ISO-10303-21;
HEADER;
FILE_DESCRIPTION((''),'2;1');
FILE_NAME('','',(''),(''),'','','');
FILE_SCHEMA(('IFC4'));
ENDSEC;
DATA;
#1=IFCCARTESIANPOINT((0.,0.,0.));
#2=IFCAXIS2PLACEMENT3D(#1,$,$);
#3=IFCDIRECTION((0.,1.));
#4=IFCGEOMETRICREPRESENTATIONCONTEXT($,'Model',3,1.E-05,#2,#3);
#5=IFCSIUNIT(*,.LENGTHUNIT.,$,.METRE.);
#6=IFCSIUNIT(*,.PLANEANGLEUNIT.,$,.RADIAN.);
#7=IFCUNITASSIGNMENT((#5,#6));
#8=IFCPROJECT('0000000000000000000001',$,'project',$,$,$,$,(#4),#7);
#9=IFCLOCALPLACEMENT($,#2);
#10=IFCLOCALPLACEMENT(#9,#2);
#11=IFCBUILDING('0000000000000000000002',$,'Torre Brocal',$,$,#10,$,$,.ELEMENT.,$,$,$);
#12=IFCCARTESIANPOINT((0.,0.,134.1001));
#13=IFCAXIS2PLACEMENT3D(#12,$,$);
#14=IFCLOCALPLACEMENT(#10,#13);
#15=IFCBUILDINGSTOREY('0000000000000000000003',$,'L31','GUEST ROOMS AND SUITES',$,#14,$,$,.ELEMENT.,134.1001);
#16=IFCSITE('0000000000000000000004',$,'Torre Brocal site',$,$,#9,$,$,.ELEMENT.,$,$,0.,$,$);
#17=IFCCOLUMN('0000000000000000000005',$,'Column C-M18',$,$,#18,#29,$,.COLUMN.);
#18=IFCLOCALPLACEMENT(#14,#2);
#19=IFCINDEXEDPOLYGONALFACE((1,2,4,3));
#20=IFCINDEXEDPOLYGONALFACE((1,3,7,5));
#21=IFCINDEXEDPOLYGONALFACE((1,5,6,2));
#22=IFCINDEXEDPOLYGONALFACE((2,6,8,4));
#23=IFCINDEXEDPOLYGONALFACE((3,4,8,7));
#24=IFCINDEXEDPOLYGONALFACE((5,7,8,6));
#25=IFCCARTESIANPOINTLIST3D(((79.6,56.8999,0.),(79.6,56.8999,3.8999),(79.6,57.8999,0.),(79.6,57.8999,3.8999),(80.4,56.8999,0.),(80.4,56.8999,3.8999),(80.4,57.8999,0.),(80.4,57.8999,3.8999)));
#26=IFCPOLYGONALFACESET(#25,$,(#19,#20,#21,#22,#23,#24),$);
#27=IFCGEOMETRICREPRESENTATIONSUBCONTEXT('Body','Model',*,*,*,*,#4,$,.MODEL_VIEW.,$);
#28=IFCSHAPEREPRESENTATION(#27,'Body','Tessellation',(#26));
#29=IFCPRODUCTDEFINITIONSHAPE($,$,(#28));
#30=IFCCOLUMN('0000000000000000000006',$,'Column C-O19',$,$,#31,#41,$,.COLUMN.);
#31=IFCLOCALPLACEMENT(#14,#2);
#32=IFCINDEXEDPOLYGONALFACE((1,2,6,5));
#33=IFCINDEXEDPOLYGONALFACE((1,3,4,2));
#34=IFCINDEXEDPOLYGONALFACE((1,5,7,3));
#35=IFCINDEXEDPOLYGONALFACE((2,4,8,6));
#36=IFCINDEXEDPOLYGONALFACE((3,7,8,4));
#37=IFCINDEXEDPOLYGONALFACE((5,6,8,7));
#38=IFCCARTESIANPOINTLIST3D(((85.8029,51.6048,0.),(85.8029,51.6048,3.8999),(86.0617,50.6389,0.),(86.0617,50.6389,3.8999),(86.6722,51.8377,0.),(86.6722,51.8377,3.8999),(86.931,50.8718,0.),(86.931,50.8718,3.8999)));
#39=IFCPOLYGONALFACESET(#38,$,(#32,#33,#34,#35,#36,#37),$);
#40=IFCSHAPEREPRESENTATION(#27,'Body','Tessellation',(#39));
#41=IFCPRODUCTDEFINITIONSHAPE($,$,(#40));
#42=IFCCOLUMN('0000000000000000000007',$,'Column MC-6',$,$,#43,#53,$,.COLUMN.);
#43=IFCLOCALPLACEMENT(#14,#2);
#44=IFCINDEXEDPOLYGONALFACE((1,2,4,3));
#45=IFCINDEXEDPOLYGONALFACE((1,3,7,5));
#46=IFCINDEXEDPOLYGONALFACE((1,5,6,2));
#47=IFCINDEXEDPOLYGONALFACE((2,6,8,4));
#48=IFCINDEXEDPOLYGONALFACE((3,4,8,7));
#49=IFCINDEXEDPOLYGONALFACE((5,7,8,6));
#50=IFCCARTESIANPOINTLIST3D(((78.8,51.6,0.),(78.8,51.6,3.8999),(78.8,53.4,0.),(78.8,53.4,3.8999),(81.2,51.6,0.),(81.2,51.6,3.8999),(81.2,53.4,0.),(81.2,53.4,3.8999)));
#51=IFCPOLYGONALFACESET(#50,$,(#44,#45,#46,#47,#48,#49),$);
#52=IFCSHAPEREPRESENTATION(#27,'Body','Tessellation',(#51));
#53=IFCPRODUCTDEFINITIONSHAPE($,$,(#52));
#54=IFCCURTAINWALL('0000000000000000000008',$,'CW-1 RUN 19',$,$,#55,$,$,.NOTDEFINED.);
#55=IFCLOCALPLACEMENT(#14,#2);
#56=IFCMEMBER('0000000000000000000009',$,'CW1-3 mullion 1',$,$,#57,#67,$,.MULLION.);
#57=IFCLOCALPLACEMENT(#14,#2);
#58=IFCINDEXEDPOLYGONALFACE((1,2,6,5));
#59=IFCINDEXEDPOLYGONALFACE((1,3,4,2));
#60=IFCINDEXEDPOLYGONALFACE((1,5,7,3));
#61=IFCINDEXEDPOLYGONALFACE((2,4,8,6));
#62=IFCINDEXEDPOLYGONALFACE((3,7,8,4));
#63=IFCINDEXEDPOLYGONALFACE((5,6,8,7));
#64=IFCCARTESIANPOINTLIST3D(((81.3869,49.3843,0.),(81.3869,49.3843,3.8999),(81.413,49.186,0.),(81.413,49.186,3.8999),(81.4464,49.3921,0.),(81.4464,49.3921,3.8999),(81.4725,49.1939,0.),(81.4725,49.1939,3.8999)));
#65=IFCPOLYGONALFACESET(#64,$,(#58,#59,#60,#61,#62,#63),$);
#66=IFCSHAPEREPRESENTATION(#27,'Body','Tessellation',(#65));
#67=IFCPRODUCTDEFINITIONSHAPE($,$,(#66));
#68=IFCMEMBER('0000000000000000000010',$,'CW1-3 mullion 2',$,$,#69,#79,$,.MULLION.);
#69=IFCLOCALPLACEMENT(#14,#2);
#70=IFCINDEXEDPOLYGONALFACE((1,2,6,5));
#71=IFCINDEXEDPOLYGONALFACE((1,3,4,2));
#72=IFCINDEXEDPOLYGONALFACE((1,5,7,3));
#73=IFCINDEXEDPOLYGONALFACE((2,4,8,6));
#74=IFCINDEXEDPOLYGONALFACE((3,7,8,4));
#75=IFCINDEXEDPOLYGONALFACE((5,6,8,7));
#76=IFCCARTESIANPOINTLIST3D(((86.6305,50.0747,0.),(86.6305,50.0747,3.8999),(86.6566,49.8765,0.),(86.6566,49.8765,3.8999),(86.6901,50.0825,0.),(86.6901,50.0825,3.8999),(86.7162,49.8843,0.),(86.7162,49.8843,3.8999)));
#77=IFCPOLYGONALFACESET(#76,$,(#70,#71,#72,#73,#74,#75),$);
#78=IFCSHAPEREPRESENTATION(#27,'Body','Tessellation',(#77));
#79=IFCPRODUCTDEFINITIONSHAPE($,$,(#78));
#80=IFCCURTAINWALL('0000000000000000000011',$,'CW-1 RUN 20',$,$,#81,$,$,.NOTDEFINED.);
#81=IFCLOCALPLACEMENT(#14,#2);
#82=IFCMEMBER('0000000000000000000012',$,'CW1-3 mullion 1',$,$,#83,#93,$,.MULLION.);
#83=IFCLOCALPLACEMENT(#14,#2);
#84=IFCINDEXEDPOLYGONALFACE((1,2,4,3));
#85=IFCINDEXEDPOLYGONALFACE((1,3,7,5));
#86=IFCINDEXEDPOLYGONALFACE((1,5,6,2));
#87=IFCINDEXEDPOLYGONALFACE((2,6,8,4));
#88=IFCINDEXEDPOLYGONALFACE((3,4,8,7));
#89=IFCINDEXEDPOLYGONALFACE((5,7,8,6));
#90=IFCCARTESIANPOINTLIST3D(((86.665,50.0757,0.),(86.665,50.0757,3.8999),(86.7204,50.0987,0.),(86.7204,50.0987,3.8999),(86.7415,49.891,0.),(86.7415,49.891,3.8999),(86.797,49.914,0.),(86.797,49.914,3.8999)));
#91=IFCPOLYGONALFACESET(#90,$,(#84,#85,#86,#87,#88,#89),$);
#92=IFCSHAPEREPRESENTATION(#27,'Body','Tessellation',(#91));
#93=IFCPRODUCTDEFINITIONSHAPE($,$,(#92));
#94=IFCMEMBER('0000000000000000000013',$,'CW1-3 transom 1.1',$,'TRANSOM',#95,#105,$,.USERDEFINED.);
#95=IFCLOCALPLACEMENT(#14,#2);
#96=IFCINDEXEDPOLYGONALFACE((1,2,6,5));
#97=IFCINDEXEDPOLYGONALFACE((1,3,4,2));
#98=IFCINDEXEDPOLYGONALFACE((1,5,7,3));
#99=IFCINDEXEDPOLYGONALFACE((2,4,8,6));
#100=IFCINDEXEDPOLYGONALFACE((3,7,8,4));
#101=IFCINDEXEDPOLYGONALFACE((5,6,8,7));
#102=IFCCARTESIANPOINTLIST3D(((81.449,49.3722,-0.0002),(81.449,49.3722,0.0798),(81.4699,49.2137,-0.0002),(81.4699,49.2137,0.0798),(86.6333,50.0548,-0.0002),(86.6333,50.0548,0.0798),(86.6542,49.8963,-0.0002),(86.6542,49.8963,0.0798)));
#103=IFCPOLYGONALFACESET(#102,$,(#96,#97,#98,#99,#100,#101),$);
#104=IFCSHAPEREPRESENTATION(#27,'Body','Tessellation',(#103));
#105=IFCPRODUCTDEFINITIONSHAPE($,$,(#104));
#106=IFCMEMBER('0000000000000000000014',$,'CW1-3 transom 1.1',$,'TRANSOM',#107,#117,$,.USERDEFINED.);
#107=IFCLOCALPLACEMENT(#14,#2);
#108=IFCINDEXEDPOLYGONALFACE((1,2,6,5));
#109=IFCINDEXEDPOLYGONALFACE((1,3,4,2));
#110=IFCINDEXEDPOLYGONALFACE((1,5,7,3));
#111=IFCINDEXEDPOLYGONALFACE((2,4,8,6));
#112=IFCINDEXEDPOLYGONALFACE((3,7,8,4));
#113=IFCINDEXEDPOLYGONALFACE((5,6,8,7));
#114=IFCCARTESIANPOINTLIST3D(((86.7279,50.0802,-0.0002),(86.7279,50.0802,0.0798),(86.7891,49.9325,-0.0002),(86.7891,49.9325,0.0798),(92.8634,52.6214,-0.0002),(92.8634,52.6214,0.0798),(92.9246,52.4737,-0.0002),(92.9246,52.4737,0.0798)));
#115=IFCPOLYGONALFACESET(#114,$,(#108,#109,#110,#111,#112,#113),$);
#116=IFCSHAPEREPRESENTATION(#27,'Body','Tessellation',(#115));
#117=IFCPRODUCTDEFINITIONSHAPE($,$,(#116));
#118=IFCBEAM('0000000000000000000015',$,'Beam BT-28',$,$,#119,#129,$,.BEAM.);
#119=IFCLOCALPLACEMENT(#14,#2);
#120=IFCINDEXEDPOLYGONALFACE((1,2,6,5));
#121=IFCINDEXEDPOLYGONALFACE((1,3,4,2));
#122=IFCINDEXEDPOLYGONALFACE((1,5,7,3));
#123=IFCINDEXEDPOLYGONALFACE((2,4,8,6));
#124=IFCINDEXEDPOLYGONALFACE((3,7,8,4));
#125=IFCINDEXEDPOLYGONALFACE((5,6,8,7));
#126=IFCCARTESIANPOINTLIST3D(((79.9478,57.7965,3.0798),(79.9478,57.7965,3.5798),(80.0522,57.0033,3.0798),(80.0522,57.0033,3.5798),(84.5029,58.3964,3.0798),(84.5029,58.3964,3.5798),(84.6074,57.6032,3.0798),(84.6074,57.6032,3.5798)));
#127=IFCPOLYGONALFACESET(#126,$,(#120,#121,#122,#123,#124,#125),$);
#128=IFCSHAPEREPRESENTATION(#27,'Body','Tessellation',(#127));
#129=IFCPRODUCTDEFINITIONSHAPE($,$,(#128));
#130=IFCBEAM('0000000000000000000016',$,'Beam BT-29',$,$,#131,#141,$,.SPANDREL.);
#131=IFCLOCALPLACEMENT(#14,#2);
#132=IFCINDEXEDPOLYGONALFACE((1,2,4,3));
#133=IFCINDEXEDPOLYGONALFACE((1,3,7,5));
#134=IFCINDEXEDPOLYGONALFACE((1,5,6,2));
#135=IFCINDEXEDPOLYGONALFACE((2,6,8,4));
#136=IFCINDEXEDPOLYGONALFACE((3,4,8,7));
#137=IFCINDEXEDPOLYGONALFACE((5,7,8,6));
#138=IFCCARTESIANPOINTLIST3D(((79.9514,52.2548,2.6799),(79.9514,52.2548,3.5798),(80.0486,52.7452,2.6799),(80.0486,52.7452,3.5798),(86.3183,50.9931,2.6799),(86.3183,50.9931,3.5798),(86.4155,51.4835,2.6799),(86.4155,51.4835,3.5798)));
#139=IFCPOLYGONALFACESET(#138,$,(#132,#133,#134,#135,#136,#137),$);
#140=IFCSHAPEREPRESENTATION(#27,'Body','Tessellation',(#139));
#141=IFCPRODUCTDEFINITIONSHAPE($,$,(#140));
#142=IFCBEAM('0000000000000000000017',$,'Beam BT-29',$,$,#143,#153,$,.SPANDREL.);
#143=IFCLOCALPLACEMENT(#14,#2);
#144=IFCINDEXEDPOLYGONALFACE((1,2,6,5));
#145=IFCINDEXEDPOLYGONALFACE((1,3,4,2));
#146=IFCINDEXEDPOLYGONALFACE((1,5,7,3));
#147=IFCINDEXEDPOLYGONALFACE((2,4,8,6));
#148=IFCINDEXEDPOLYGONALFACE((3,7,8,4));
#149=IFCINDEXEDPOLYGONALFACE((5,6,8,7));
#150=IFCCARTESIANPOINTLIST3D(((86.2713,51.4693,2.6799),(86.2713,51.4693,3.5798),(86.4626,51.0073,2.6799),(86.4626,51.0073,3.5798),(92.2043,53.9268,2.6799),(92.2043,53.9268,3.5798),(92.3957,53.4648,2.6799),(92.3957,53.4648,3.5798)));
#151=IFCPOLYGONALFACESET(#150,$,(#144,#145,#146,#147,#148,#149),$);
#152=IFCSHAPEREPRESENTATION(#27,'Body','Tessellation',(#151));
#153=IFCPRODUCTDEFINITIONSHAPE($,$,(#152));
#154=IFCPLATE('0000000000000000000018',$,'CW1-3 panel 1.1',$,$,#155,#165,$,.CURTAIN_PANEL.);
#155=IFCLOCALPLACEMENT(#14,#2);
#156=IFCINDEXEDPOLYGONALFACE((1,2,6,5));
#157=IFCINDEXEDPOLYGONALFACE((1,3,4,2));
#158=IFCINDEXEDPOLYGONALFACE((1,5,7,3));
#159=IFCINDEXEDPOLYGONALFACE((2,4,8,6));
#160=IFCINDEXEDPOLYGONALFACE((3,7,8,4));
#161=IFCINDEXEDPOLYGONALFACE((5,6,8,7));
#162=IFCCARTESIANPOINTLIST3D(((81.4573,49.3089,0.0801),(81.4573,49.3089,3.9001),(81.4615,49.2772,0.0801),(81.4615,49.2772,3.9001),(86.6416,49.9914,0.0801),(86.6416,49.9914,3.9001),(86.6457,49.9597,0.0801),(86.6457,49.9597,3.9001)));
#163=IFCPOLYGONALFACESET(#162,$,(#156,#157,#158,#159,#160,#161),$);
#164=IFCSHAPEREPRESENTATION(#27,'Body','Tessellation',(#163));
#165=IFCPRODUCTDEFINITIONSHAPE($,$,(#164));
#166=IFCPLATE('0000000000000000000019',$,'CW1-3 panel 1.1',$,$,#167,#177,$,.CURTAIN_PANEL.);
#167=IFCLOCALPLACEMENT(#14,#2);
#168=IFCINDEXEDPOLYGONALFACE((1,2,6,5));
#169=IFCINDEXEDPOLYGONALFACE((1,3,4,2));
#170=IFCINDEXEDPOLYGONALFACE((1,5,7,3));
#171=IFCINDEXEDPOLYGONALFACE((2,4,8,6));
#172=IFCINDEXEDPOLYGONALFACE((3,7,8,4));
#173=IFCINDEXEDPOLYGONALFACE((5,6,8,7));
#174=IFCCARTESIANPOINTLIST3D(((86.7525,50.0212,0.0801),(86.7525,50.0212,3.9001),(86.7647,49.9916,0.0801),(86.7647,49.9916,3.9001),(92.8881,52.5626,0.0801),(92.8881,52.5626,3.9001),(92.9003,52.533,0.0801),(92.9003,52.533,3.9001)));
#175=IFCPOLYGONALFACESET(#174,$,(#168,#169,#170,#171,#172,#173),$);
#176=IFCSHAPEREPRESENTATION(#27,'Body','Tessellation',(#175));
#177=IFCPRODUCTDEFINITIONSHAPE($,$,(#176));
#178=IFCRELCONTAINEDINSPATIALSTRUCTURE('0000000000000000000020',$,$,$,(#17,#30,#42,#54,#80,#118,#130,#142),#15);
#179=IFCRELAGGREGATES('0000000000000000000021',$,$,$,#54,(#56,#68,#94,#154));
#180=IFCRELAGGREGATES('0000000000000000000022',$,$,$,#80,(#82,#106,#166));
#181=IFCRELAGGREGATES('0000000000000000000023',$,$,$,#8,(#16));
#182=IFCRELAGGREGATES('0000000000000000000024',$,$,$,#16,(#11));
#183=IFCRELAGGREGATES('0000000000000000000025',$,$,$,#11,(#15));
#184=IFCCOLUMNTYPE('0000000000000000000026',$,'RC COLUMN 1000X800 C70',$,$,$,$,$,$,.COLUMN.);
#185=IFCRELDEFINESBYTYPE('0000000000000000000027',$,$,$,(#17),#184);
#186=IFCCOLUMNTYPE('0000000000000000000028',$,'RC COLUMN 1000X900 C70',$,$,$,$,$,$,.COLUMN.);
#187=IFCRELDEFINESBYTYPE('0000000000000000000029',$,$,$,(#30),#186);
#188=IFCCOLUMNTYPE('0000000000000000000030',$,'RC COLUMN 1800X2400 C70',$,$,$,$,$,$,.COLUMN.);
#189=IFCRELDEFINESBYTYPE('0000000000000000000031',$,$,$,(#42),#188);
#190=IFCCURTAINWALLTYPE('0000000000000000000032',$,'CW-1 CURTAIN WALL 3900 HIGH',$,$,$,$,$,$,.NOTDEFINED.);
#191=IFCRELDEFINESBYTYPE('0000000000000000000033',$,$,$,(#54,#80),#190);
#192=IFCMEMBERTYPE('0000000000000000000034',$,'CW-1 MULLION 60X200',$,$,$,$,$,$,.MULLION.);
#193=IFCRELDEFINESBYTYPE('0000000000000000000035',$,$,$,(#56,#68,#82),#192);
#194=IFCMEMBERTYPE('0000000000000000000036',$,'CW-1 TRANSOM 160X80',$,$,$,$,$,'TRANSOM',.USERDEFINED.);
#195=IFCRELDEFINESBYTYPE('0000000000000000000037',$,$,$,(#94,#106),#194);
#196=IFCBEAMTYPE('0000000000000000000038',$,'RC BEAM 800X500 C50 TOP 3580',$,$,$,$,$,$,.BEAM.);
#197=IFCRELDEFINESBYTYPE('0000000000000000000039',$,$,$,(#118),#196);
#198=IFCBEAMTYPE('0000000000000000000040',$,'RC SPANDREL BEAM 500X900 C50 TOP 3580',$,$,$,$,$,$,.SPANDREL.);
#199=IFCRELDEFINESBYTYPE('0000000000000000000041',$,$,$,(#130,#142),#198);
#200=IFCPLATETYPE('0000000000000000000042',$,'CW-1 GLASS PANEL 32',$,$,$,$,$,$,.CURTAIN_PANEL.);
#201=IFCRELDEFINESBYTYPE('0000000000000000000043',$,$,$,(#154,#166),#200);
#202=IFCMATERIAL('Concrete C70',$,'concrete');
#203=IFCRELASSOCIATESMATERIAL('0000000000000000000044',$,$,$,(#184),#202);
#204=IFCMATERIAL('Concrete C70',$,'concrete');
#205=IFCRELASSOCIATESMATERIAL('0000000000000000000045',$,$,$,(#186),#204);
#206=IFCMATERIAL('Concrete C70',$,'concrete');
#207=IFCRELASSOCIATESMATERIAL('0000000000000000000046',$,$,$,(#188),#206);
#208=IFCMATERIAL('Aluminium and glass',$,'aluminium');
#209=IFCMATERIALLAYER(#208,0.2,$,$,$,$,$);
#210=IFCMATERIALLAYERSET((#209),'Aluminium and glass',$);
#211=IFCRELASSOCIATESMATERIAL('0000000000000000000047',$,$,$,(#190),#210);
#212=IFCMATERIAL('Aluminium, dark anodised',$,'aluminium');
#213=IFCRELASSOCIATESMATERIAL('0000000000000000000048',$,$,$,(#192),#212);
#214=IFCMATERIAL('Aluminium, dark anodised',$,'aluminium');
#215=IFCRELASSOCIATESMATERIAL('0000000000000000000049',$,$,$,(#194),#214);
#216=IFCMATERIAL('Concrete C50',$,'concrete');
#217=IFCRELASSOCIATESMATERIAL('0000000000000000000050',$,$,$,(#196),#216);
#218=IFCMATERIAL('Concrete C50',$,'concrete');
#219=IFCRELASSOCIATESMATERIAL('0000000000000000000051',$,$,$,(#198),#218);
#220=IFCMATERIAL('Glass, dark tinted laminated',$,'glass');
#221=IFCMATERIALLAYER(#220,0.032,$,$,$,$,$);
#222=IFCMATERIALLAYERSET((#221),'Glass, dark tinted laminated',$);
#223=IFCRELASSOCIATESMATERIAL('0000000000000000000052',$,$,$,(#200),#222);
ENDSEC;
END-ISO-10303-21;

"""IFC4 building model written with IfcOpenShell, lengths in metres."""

from ifc_helpers import new_model, si_unit, direction, frame, origin, origin_2d, place, context, subcontext, project, spatial, rectangle, extrude, material, layer, layer_set, material_profile, profile_set, type_object, element, aggregate, save


model = new_model("IFC4")

# Units and contexts
model_context = context("Model", 3, precision=1e-05, world=origin(), true_north=direction((0.0, 1.0)))
body_context = subcontext(model_context, "Body", "Model", "MODEL_VIEW")
ifc_project = project(units=[si_unit("LENGTHUNIT", "METRE"), si_unit("PLANEANGLEUNIT", "RADIAN")], contexts=[model_context])

# Site, building, storey
site_placement = place(None, origin())
site = spatial("IfcSite", under=ifc_project, at=site_placement, Name="Torre Brocal site", CompositionType="ELEMENT", RefElevation=0.0)
building_placement = place(site_placement, origin())
building = spatial("IfcBuilding", under=site, at=building_placement, Name="Torre Brocal", CompositionType="ELEMENT")
storey_placement = place(building_placement, frame((0.0, 0.0, 134.1001)))
storey = spatial("IfcBuildingStorey", under=building, at=storey_placement, Name="L31", Description="GUEST ROOMS AND SUITES", CompositionType="ELEMENT", Elevation=134.1001)

# Columns
ifc_material_1 = material(Name="Concrete C70", Category="concrete")
ifc_material_profile_1 = material_profile(ifc_material_1, rectangle(XDim=1.0, YDim=0.8, at=origin_2d()), Name="RC 1000X800")
ifc_profile_set_1 = profile_set([ifc_material_profile_1], Name="Concrete C70")
column_type_1 = type_object("IfcColumnType", Name="RC COLUMN 1000X800 C70", PredefinedType="COLUMN", material=ifc_profile_set_1)
column_1_placement = place(storey_placement, frame((80.0, 57.3999, 0.0), z_axis=(0.0, 0.0, 1.0), x_axis=(0.0, -1.0, 0.0)))
element("IfcColumn", 1, at=column_1_placement, inside=storey, type_object=column_type_1, Name="Column C-M18", PredefinedType="COLUMN", context=body_context, shape_type="SweptSolid", body=[
    extrude(rectangle(XDim=1.0, YDim=0.8, at=origin_2d()), origin(), (0.0, 0.0, 1.0), 3.8999),
])
ifc_material_2 = material(Name="Concrete C70", Category="concrete")
ifc_material_profile_2 = material_profile(ifc_material_2, rectangle(XDim=1.0, YDim=0.8999, at=origin_2d()), Name="RC 1000X900")
ifc_profile_set_2 = profile_set([ifc_material_profile_2], Name="Concrete C70")
column_type_2 = type_object("IfcColumnType", Name="RC COLUMN 1000X900 C70", PredefinedType="COLUMN", material=ifc_profile_set_2)
column_2_placement = place(storey_placement, frame((86.3669, 51.2383, 0.0), z_axis=(0.0, 0.0, 1.0), x_axis=(0.258819, -0.965926, 0.0)))
element("IfcColumn", 2, at=column_2_placement, inside=storey, type_object=column_type_2, Name="Column C-O19", PredefinedType="COLUMN", context=body_context, shape_type="SweptSolid", body=[
    extrude(rectangle(XDim=1.0, YDim=0.8999, at=origin_2d()), origin(), (0.0, 0.0, 1.0), 3.8999),
])
ifc_material_3 = material(Name="Concrete C70", Category="concrete")
ifc_material_profile_3 = material_profile(ifc_material_3, rectangle(XDim=1.8, YDim=2.3999, at=origin_2d()), Name="RC 1800X2400")
ifc_profile_set_3 = profile_set([ifc_material_profile_3], Name="Concrete C70")
column_type_3 = type_object("IfcColumnType", Name="RC COLUMN 1800X2400 C70", PredefinedType="COLUMN", material=ifc_profile_set_3)
column_3_placement = place(storey_placement, frame((80.0, 52.5, 0.0), z_axis=(0.0, 0.0, 1.0), x_axis=(0.0, -1.0, 0.0)))
element("IfcColumn", 3, at=column_3_placement, inside=storey, type_object=column_type_3, Name="Column MC-6", PredefinedType="COLUMN", context=body_context, shape_type="SweptSolid", body=[
    extrude(rectangle(XDim=1.8, YDim=2.3999, at=origin_2d()), origin(), (0.0, 0.0, 1.0), 3.8999),
])

# Curtain wall, members
ifc_material_4 = material(Name="Aluminium and glass", Category="aluminium")
ifc_layer_1 = layer(ifc_material_4, 0.2)
ifc_layer_set_1 = layer_set([ifc_layer_1], Name="Aluminium and glass")
curtain_wall_type = type_object("IfcCurtainWallType", Name="CW-1 CURTAIN WALL 3900 HIGH", PredefinedType="NOTDEFINED", material=ifc_layer_set_1)
curtain_wall_1_placement = place(storey_placement, origin())
curtain_wall_1 = element("IfcCurtainWall", 4, at=curtain_wall_1_placement, inside=storey, type_object=curtain_wall_type, Name="CW-1 RUN 19", PredefinedType="NOTDEFINED")
ifc_material_5 = material(Name="Aluminium, dark anodised", Category="aluminium")
ifc_material_profile_4 = material_profile(ifc_material_5, rectangle(XDim=0.2, YDim=0.0601, at=origin_2d()), Name="CW-1 MULLION 60X200")
ifc_profile_set_4 = profile_set([ifc_material_profile_4], Name="Aluminium, dark anodised")
member_type_1 = type_object("IfcMemberType", Name="CW-1 MULLION 60X200", PredefinedType="MULLION", material=ifc_profile_set_4)
member_1_placement = place(storey_placement, frame((81.4297, 49.2891, 0.0), z_axis=(0.0, 0.0, 1.0), x_axis=(-0.130526, 0.991445, 0.0)))
member_1 = element("IfcMember", 5, at=member_1_placement, type_object=member_type_1, Name="CW1-3 mullion 1", PredefinedType="MULLION", context=body_context, shape_type="SweptSolid", body=[
    extrude(rectangle(XDim=0.2, YDim=0.0601, at=origin_2d()), origin(), (0.0, 0.0, 1.0), 3.8999),
])
member_2_placement = place(storey_placement, frame((86.6733, 49.9795, 0.0), z_axis=(0.0, 0.0, 1.0), x_axis=(-0.130526, 0.991445, 0.0)))
member_2 = element("IfcMember", 6, at=member_2_placement, type_object=member_type_1, Name="CW1-3 mullion 2", PredefinedType="MULLION", context=body_context, shape_type="SweptSolid", body=[
    extrude(rectangle(XDim=0.2, YDim=0.0601, at=origin_2d()), origin(), (0.0, 0.0, 1.0), 3.8999),
])

# Curtain wall, member
curtain_wall_2_placement = place(storey_placement, origin())
curtain_wall_2 = element("IfcCurtainWall", 7, at=curtain_wall_2_placement, inside=storey, type_object=curtain_wall_type, Name="CW-1 RUN 20", PredefinedType="NOTDEFINED")
member_3_placement = place(storey_placement, frame((86.731, 49.9949, 0.0), z_axis=(0.0, 0.0, 1.0), x_axis=(-0.382683, 0.92388, 0.0)))
member_3 = element("IfcMember", 8, at=member_3_placement, type_object=member_type_1, Name="CW1-3 mullion 1", PredefinedType="MULLION", context=body_context, shape_type="SweptSolid", body=[
    extrude(rectangle(XDim=0.2, YDim=0.0601, at=origin_2d()), origin(), (0.0, 0.0, 1.0), 3.8999),
])

# Members
ifc_material_6 = material(Name="Aluminium, dark anodised", Category="aluminium")
ifc_material_profile_5 = material_profile(ifc_material_6, rectangle(XDim=0.1599, YDim=0.0801, at=origin_2d()), Name="CW-1 TRANSOM 160X80")
ifc_profile_set_5 = profile_set([ifc_material_profile_5], Name="Aluminium, dark anodised")
member_type_2 = type_object("IfcMemberType", Name="CW-1 TRANSOM 160X80", ElementType="TRANSOM", PredefinedType="USERDEFINED", material=ifc_profile_set_5)
member_4_placement = place(storey_placement, frame((81.4595, 49.293, 0.0398), z_axis=(0.991443, 0.130543, 0.0), x_axis=(-0.130543, 0.991443, 0.0)))
member_4 = element("IfcMember", 9, at=member_4_placement, type_object=member_type_2, Name="CW1-3 transom 1.1", ObjectType="TRANSOM", PredefinedType="USERDEFINED", context=body_context, shape_type="SweptSolid", body=[
    extrude(rectangle(XDim=0.1599, YDim=0.0801, at=origin_2d()), origin(), (0.0, 0.0, 1.0), 5.229),
])
member_5_placement = place(storey_placement, frame((86.7585, 50.0063, 0.0398), z_axis=(0.923887, 0.382665, 0.0), x_axis=(-0.382665, 0.923887, 0.0)))
member_5 = element("IfcMember", 10, at=member_5_placement, type_object=member_type_2, Name="CW1-3 transom 1.1", ObjectType="TRANSOM", PredefinedType="USERDEFINED", context=body_context, shape_type="SweptSolid", body=[
    extrude(rectangle(XDim=0.1599, YDim=0.0801, at=origin_2d()), origin(), (0.0, 0.0, 1.0), 6.6409),
])

# Beams
ifc_material_7 = material(Name="Concrete C50", Category="concrete")
ifc_material_profile_6 = material_profile(ifc_material_7, rectangle(XDim=0.8, YDim=0.5, at=origin_2d()), Name="RC 800X500")
ifc_profile_set_6 = profile_set([ifc_material_profile_6], Name="Concrete C50")
beam_type_1 = type_object("IfcBeamType", Name="RC BEAM 800X500 C50 TOP 3580", PredefinedType="BEAM", material=ifc_profile_set_6)
beam_1_placement = place(storey_placement, frame((80.0, 57.3999, 3.3298), z_axis=(0.991441, 0.130559, 0.0), x_axis=(-0.130559, 0.991441, 0.0)))
element("IfcBeam", 11, at=beam_1_placement, inside=storey, type_object=beam_type_1, Name="Beam BT-28", PredefinedType="BEAM", context=body_context, shape_type="SweptSolid", body=[
    extrude(rectangle(XDim=0.8, YDim=0.5, at=origin_2d()), origin(), (0.0, 0.0, 1.0), 4.5945),
])
ifc_material_8 = material(Name="Concrete C50", Category="concrete")
ifc_material_profile_7 = material_profile(ifc_material_8, rectangle(XDim=0.5, YDim=0.8999, at=origin_2d()), Name="RC 500X900")
ifc_profile_set_7 = profile_set([ifc_material_profile_7], Name="Concrete C50")
beam_type_2 = type_object("IfcBeamType", Name="RC SPANDREL BEAM 500X900 C50 TOP 3580", PredefinedType="SPANDREL", material=ifc_profile_set_7)
beam_2_placement = place(storey_placement, frame((80.0, 52.5, 3.1299), z_axis=(0.980925, -0.194387, 0.0), x_axis=(0.194387, 0.980925, 0.0)))
element("IfcBeam", 12, at=beam_2_placement, inside=storey, type_object=beam_type_2, Name="Beam BT-29", PredefinedType="SPANDREL", context=body_context, shape_type="SweptSolid", body=[
    extrude(rectangle(XDim=0.5, YDim=0.8999, at=origin_2d()), origin(), (0.0, 0.0, 1.0), 6.4907),
])
beam_3_placement = place(storey_placement, frame((86.3669, 51.2383, 3.1299), z_axis=(0.923882, 0.382676, 0.0), x_axis=(-0.382676, 0.923882, 0.0)))
element("IfcBeam", 13, at=beam_3_placement, inside=storey, type_object=beam_type_2, Name="Beam BT-29", PredefinedType="SPANDREL", context=body_context, shape_type="SweptSolid", body=[
    extrude(rectangle(XDim=0.5, YDim=0.8999, at=origin_2d()), origin(), (0.0, 0.0, 1.0), 6.4219),
])

# Plates
ifc_material_9 = material(Name="Glass, dark tinted laminated", Category="glass")
ifc_layer_2 = layer(ifc_material_9, 0.032)
ifc_layer_set_2 = layer_set([ifc_layer_2], Name="Glass, dark tinted laminated")
plate_type = type_object("IfcPlateType", Name="CW-1 GLASS PANEL 32", PredefinedType="CURTAIN_PANEL", material=ifc_layer_set_2)
plate_1_placement = place(storey_placement, frame((84.0515, 49.6343, 0.0801), z_axis=(0.0, 0.0, 1.0), x_axis=(0.991445, 0.130526, 0.0)))
plate_1 = element("IfcPlate", 14, at=plate_1_placement, type_object=plate_type, Name="CW1-3 panel 1.1", PredefinedType="CURTAIN_PANEL", context=body_context, shape_type="SweptSolid", body=[
    extrude(rectangle(XDim=5.229, YDim=0.032, at=origin_2d()), origin(), (0.0, 0.0, 1.0), 3.8201),
])
aggregate(curtain_wall_1, [member_1, member_2, member_4, plate_1])
plate_2_placement = place(storey_placement, frame((89.8264, 51.2771, 0.0801), z_axis=(0.0, 0.0, 1.0), x_axis=(0.92388, 0.382683, 0.0)))
plate_2 = element("IfcPlate", 15, at=plate_2_placement, type_object=plate_type, Name="CW1-3 panel 1.1", PredefinedType="CURTAIN_PANEL", context=body_context, shape_type="SweptSolid", body=[
    extrude(rectangle(XDim=6.6411, YDim=0.032, at=origin_2d()), origin(), (0.0, 0.0, 1.0), 3.8201),
])
aggregate(curtain_wall_2, [member_3, member_5, plate_2])

save(model, "model.ifc")
